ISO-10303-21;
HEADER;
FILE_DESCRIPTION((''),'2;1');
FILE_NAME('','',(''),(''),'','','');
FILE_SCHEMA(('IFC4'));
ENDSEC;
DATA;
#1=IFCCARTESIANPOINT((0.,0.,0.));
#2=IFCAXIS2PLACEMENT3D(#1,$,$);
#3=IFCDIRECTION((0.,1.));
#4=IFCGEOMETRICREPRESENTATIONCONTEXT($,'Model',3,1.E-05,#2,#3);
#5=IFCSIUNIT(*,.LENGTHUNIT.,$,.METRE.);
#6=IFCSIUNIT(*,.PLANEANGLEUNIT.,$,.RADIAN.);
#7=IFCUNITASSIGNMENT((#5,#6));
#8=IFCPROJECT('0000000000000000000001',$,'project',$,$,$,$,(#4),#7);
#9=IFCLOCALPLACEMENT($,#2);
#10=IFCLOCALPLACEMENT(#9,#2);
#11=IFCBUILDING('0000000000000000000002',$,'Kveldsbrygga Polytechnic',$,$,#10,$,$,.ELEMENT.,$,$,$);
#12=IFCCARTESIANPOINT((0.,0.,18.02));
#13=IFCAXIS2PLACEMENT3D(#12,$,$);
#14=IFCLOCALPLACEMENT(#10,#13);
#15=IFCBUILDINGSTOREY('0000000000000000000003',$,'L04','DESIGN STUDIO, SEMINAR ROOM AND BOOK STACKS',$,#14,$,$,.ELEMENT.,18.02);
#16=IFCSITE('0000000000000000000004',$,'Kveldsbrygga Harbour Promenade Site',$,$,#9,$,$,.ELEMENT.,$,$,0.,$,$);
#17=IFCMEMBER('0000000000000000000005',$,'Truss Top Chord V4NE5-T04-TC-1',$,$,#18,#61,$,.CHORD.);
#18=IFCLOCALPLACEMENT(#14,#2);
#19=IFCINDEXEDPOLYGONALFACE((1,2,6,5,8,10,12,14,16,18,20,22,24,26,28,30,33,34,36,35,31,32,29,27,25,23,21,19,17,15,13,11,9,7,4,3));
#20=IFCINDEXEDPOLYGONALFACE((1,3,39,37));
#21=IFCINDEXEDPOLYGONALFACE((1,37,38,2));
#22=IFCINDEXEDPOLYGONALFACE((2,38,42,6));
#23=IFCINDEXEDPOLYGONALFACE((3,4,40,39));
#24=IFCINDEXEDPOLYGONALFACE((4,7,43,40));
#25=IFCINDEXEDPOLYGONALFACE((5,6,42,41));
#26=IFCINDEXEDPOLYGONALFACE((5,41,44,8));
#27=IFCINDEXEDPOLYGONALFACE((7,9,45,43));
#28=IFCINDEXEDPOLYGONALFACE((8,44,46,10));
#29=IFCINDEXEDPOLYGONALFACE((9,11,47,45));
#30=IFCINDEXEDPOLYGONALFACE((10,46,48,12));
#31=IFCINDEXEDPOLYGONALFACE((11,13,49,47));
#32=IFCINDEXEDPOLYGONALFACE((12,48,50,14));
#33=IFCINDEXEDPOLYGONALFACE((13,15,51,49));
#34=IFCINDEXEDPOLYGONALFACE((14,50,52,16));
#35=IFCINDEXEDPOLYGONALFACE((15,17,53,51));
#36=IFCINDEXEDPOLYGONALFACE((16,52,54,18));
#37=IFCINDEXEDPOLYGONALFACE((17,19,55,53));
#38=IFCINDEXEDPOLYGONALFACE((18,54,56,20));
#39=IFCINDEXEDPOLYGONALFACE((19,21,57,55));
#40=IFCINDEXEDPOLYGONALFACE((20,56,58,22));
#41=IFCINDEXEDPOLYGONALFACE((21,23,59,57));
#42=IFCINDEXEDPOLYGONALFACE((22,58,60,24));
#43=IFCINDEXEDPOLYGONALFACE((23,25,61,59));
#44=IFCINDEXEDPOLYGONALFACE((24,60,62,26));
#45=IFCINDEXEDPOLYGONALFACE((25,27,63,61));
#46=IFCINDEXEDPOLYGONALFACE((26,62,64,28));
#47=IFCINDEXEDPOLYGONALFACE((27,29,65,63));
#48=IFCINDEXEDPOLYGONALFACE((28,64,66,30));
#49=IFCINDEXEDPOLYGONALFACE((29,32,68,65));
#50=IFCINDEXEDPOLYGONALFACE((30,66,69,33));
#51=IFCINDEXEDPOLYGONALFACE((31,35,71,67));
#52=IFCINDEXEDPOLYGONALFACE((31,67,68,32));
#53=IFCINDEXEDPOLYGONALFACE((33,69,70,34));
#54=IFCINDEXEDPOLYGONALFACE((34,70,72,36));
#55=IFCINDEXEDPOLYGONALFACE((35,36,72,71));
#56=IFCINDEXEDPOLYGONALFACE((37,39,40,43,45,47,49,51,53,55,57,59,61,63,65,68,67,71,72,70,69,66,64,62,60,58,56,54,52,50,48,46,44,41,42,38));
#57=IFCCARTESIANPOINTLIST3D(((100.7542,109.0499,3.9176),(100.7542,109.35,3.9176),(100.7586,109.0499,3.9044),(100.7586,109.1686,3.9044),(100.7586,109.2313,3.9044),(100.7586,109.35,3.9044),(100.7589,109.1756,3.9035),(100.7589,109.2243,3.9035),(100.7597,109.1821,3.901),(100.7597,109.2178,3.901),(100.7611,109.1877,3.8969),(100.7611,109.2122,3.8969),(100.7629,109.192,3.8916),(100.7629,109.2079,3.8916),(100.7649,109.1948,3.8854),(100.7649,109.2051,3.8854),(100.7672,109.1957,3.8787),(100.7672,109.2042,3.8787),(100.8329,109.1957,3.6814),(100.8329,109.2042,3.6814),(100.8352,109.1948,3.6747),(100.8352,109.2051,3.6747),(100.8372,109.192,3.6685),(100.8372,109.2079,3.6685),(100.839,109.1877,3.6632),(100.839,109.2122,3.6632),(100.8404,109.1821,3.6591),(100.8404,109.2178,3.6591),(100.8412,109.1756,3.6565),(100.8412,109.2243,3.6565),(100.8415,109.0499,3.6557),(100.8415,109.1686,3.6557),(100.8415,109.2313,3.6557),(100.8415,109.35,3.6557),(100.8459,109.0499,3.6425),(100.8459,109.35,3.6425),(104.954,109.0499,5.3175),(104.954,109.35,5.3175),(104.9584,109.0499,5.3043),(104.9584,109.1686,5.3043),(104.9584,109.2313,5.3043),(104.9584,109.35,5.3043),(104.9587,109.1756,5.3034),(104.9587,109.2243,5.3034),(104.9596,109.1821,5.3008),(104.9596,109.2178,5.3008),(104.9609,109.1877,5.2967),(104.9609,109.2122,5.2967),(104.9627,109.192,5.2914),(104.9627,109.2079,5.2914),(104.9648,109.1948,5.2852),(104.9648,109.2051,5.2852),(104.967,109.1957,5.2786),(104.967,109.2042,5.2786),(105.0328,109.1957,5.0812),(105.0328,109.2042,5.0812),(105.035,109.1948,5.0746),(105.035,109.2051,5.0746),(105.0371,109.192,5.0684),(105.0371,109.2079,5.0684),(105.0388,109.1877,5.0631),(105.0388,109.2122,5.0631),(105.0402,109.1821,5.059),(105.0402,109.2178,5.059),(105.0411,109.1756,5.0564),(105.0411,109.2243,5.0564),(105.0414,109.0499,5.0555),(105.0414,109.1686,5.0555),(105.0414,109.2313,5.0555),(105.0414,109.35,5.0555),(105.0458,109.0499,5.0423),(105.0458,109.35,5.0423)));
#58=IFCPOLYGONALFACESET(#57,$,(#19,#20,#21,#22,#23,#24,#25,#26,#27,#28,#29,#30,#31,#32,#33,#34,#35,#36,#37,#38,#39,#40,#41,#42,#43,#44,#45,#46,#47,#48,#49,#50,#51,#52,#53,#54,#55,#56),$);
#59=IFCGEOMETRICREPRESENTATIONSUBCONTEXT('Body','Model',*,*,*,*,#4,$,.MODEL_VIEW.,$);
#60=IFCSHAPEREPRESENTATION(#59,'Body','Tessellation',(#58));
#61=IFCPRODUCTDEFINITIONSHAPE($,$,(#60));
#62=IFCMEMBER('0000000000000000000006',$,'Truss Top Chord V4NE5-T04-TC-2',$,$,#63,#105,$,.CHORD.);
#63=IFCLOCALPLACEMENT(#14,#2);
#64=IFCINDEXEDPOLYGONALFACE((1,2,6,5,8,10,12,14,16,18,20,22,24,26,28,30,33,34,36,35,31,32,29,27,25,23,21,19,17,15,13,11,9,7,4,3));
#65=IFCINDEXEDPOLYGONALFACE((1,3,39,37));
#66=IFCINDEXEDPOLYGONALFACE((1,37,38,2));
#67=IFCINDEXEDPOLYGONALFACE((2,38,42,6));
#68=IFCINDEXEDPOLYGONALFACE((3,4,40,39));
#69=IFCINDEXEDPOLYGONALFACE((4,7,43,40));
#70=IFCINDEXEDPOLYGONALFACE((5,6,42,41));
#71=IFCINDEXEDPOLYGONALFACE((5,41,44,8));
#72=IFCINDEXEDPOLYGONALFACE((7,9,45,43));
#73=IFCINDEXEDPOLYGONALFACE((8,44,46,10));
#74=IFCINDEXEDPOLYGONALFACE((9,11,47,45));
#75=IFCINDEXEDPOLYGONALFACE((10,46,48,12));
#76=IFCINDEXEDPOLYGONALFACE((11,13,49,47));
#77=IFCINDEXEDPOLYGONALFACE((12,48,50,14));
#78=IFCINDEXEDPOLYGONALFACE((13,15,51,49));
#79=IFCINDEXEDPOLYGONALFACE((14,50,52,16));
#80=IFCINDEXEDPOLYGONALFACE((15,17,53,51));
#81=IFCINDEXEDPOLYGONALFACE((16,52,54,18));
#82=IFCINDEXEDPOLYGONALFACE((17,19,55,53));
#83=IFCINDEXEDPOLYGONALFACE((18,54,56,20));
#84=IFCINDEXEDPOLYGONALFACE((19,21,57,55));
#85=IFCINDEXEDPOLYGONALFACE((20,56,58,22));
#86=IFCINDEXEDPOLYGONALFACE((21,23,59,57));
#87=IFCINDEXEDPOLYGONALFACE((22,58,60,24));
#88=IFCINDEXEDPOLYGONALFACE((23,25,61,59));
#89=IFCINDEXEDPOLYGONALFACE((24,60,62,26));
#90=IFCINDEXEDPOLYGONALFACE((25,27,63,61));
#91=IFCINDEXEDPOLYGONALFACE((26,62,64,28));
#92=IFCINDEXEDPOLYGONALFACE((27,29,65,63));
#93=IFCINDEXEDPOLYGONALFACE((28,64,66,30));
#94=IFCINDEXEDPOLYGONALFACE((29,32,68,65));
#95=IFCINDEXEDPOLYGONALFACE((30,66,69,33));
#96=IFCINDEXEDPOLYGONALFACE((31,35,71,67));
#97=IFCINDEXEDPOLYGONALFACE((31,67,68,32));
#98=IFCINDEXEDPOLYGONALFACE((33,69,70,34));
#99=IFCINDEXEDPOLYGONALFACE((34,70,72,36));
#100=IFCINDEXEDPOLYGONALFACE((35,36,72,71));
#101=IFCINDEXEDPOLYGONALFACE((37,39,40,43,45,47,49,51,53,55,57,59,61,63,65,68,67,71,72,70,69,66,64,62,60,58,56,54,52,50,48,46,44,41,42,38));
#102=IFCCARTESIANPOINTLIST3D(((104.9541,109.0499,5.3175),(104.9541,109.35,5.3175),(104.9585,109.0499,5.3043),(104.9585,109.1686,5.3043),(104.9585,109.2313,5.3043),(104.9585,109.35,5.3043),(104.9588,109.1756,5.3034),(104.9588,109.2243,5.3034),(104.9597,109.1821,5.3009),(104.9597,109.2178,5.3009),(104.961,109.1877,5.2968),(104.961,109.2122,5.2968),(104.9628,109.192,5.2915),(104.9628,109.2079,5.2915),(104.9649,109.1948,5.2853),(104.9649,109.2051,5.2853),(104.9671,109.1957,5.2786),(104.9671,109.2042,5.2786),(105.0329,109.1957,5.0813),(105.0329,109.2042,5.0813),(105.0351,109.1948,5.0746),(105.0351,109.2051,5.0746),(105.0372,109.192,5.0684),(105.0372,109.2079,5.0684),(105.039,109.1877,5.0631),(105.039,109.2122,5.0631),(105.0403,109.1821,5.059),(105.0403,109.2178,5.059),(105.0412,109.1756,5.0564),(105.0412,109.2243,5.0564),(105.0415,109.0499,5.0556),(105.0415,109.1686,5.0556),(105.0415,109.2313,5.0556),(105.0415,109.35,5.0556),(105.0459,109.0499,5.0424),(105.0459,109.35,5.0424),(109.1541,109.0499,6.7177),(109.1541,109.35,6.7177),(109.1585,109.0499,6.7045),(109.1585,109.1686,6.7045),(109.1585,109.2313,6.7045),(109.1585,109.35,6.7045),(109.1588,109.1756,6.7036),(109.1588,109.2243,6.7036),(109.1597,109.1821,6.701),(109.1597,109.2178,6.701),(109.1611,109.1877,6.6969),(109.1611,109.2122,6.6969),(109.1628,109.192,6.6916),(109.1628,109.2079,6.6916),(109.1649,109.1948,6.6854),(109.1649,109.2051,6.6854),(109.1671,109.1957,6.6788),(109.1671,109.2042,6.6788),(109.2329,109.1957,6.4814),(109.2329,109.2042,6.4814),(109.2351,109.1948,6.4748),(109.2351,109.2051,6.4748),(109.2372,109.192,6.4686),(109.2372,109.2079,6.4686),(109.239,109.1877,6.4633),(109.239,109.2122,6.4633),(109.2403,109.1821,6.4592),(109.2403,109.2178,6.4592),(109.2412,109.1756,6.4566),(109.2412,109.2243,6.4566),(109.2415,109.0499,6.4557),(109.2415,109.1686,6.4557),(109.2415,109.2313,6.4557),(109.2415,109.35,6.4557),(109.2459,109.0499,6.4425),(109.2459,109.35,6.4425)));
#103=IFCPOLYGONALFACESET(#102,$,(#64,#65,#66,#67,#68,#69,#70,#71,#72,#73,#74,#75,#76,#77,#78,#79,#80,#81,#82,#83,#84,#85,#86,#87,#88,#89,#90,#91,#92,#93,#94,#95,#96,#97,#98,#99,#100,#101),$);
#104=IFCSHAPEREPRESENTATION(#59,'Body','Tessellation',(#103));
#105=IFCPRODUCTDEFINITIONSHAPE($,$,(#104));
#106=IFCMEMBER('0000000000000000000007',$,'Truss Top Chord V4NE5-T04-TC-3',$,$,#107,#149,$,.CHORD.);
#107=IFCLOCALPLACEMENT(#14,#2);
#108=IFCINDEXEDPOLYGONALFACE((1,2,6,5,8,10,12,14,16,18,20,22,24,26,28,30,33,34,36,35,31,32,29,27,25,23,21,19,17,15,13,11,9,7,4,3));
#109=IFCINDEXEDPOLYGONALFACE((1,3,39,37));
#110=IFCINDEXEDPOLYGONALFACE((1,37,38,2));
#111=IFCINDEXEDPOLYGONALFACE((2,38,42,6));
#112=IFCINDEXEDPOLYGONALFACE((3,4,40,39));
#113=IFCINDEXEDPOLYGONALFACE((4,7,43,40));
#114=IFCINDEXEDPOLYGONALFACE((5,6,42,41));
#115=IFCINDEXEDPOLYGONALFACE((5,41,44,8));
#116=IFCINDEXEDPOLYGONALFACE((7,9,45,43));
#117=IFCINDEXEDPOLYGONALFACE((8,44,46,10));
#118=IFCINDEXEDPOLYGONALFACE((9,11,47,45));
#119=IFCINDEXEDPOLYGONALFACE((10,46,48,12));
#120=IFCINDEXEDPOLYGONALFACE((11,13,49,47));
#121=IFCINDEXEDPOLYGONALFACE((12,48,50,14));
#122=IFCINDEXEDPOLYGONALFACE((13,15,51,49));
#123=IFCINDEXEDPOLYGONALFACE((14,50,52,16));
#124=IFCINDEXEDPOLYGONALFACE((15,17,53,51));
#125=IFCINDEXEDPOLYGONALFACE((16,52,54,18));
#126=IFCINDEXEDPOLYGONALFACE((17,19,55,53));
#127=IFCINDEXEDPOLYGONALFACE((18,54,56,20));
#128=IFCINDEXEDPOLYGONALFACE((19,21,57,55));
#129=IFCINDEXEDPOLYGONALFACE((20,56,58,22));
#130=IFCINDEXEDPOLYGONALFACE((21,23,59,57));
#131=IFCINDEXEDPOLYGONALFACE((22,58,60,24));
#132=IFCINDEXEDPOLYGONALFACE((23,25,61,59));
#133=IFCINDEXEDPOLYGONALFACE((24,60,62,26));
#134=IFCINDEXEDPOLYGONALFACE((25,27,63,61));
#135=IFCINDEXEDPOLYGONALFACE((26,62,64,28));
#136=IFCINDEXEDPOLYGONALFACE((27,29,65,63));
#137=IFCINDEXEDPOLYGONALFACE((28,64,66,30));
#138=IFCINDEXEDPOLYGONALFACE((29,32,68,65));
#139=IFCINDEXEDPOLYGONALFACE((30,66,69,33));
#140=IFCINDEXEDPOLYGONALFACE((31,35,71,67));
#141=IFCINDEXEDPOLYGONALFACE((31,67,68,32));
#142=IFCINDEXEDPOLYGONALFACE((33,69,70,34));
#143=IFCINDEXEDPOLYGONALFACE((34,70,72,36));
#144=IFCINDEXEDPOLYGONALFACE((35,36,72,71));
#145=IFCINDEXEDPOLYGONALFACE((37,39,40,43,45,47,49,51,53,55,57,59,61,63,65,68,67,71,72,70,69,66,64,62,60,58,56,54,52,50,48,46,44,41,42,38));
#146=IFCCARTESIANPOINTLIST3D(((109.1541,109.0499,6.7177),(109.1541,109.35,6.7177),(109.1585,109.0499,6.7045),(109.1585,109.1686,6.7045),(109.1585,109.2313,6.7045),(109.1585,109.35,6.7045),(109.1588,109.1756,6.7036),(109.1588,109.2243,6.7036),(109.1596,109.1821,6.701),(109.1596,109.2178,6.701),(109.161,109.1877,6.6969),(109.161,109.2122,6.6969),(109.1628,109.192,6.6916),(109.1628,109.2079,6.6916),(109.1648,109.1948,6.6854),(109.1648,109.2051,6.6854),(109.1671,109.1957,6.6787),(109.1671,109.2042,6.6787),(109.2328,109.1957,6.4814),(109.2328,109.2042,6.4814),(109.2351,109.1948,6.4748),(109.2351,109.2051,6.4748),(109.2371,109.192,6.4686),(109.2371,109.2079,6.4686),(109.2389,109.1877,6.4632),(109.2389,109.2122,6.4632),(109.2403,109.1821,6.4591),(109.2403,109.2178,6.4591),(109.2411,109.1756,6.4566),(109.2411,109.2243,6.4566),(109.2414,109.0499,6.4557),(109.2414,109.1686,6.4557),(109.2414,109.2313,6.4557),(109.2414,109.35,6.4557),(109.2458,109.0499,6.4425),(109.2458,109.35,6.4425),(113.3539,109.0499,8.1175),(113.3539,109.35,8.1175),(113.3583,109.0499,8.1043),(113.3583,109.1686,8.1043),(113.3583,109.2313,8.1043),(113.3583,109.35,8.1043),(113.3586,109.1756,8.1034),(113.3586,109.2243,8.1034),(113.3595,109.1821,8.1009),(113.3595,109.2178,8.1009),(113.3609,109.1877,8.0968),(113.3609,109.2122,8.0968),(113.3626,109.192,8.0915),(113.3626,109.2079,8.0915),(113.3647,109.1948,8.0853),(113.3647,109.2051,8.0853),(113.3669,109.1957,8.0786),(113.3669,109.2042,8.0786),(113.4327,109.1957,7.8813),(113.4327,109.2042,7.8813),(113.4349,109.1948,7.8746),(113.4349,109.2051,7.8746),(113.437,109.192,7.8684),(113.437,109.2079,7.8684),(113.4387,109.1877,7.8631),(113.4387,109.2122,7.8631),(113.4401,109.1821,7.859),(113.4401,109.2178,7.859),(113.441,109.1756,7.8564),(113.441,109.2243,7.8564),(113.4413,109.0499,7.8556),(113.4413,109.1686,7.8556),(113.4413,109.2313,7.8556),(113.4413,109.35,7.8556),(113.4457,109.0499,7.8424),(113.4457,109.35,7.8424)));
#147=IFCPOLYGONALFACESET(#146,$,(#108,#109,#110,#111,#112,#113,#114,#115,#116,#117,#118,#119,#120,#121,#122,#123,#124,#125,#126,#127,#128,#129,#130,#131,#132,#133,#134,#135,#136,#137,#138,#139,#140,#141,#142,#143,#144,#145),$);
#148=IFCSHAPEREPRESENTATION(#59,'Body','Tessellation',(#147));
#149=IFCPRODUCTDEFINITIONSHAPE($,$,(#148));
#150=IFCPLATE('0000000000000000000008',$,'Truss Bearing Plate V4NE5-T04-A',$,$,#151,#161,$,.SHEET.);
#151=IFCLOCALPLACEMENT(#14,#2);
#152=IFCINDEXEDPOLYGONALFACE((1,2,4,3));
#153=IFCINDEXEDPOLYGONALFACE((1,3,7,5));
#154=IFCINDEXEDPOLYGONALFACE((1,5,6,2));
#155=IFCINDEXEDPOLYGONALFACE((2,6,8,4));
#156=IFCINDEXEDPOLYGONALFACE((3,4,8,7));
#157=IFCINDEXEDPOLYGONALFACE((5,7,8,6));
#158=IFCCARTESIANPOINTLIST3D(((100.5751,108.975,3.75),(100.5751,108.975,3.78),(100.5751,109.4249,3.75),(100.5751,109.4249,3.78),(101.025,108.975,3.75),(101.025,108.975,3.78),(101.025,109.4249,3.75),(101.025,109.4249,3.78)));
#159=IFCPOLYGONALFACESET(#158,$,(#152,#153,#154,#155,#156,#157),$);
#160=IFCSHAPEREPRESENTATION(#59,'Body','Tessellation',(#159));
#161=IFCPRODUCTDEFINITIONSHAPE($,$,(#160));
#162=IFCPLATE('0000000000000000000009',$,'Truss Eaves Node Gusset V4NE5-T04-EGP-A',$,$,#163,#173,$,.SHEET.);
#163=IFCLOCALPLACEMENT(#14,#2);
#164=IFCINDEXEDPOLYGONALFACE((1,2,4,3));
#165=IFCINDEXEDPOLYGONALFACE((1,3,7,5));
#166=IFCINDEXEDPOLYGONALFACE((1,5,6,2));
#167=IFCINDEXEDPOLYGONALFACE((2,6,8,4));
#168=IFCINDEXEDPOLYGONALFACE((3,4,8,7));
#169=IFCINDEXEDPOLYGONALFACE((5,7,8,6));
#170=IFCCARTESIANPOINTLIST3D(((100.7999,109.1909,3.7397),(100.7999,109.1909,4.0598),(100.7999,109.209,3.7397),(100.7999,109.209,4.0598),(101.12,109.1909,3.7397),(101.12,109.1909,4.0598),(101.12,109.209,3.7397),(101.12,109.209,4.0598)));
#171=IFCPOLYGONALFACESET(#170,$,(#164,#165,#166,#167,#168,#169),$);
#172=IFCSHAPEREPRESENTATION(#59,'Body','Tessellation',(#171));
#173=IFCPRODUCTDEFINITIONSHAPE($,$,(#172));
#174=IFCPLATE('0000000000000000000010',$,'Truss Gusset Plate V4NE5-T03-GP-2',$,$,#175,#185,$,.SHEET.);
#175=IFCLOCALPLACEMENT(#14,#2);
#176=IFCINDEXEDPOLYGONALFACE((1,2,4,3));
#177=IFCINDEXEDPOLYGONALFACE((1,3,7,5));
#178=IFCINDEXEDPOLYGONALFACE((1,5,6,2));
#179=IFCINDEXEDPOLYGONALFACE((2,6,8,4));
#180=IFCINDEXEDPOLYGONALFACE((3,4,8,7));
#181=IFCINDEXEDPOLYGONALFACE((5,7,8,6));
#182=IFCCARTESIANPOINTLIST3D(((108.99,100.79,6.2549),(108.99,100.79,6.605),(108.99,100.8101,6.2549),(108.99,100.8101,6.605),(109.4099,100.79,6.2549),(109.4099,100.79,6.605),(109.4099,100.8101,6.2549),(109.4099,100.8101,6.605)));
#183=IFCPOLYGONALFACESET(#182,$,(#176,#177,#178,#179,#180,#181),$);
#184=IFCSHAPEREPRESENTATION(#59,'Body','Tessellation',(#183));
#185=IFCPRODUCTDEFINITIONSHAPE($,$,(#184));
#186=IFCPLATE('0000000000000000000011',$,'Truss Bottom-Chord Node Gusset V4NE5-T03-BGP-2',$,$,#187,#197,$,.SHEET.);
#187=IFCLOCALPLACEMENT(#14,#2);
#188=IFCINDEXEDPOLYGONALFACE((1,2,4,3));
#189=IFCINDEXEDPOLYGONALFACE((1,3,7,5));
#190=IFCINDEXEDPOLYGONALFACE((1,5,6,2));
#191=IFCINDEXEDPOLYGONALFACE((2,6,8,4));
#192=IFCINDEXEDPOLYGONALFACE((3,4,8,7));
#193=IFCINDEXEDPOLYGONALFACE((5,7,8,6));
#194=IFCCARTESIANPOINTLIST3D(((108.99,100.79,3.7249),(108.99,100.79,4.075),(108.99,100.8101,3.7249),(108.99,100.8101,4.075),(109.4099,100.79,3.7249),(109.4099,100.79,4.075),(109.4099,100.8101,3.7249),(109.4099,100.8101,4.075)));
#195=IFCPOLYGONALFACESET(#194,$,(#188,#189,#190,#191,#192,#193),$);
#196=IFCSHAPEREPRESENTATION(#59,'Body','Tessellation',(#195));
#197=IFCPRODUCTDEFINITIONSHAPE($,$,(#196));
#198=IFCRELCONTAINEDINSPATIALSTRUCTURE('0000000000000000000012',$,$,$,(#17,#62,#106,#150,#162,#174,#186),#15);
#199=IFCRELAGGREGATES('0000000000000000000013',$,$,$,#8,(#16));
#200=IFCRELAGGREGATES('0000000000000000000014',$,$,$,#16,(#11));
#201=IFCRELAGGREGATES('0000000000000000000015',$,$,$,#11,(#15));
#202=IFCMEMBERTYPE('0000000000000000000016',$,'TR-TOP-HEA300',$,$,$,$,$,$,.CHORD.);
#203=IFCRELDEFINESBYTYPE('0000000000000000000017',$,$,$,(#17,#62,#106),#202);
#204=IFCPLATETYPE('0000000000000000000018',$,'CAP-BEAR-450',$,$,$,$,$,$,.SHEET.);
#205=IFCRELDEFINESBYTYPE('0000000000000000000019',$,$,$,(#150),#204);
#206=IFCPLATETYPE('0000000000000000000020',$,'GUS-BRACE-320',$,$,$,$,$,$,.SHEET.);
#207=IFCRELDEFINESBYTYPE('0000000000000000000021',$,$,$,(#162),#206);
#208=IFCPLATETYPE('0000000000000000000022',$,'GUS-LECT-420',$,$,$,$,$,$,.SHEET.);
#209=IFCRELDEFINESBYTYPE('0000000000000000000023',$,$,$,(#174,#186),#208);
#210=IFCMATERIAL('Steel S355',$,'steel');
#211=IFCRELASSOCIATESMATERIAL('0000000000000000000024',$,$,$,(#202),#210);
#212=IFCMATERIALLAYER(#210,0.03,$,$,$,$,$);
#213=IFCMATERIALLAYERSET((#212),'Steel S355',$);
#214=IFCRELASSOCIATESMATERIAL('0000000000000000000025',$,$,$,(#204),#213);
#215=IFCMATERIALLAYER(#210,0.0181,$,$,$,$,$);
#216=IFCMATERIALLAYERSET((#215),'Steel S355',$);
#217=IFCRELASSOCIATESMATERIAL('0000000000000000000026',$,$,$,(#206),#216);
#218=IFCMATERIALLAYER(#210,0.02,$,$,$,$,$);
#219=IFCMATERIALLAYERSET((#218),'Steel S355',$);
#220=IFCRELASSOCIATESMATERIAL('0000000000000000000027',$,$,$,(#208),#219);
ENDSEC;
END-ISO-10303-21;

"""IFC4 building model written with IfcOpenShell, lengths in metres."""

from ifc_helpers import new_model, si_unit, direction, frame, origin, origin_2d, place, context, subcontext, project, spatial, rectangle, i_section, extrude, material, layer, layer_set, material_profile, profile_set, type_object, element, save


model = new_model("IFC4")

# Units and contexts
model_context = context("Model", 3, precision=1e-05, world=origin(), true_north=direction((0.0, 1.0)))
body_context = subcontext(model_context, "Body", "Model", "MODEL_VIEW")
ifc_project = project(units=[si_unit("LENGTHUNIT", "METRE"), si_unit("PLANEANGLEUNIT", "RADIAN")], contexts=[model_context])

# Site, building, storey
site_placement = place(None, origin())
site = spatial("IfcSite", under=ifc_project, at=site_placement, Name="Kveldsbrygga Harbour Promenade Site", CompositionType="ELEMENT", RefElevation=0.0)
building_placement = place(site_placement, origin())
building = spatial("IfcBuilding", under=site, at=building_placement, Name="Kveldsbrygga Polytechnic", CompositionType="ELEMENT")
storey_placement = place(building_placement, frame((0.0, 0.0, 18.02)))
storey = spatial("IfcBuildingStorey", under=building, at=storey_placement, Name="L04", Description="DESIGN STUDIO, SEMINAR ROOM AND BOOK STACKS", CompositionType="ELEMENT", Elevation=18.02)

# Members
ifc_material_1 = material(Name="Steel S355", Category="steel")
ifc_material_profile_1 = material_profile(ifc_material_1, i_section(OverallWidth=0.3, OverallDepth=0.29, WebThickness=0.0085, FlangeThickness=0.0139, FilletRadius=0.0271, at=origin_2d()), Name="HEA 300")
ifc_profile_set_1 = profile_set([ifc_material_profile_1], Name="Steel S355")
member_type_1 = type_object("IfcMemberType", Name="TR-TOP-HEA300", PredefinedType="CHORD", material=ifc_profile_set_1)
member_1_placement = place(storey_placement, frame((100.8, 109.2, 3.78), z_axis=(0.948689, 0.0, 0.316211), x_axis=(0.0, 1.0, 0.0)))
element("IfcMember", 1, at=member_1_placement, inside=storey, type_object=member_type_1, Name="Truss Top Chord V4NE5-T04-TC-1", PredefinedType="CHORD", context=body_context, shape_type="SweptSolid", body=[
    extrude(i_section(OverallWidth=0.3, OverallDepth=0.29, WebThickness=0.0085, FlangeThickness=0.0139, FilletRadius=0.0271, at=origin_2d()), origin(), (0.0, 0.0, 1.0), 4.427),
])
member_2_placement = place(storey_placement, frame((105.0, 109.2, 5.1799), z_axis=(0.948672, 0.0, 0.316261), x_axis=(0.0, 1.0, 0.0)))
element("IfcMember", 2, at=member_2_placement, inside=storey, type_object=member_type_1, Name="Truss Top Chord V4NE5-T04-TC-2", PredefinedType="CHORD", context=body_context, shape_type="SweptSolid", body=[
    extrude(i_section(OverallWidth=0.3, OverallDepth=0.29, WebThickness=0.0085, FlangeThickness=0.0139, FilletRadius=0.0271, at=origin_2d()), origin(), (0.0, 0.0, 1.0), 4.4272),
])
member_3_placement = place(storey_placement, frame((109.2, 109.2, 6.5801), z_axis=(0.948689, 0.0, 0.316211), x_axis=(0.0, 1.0, 0.0)))
element("IfcMember", 3, at=member_3_placement, inside=storey, type_object=member_type_1, Name="Truss Top Chord V4NE5-T04-TC-3", PredefinedType="CHORD", context=body_context, shape_type="SweptSolid", body=[
    extrude(i_section(OverallWidth=0.3, OverallDepth=0.29, WebThickness=0.0085, FlangeThickness=0.0139, FilletRadius=0.0271, at=origin_2d()), origin(), (0.0, 0.0, 1.0), 4.427),
])

# Plates
ifc_layer_1 = layer(ifc_material_1, 0.03)
ifc_layer_set_1 = layer_set([ifc_layer_1], Name="Steel S355")
plate_type_1 = type_object("IfcPlateType", Name="CAP-BEAR-450", PredefinedType="SHEET", material=ifc_layer_set_1)
plate_1_placement = place(storey_placement, frame((100.8, 109.2, 3.75), z_axis=(0.0, 0.0, 1.0), x_axis=(1.0, 0.0, 0.0)))
element("IfcPlate", 4, at=plate_1_placement, inside=storey, type_object=plate_type_1, Name="Truss Bearing Plate V4NE5-T04-A", PredefinedType="SHEET", context=body_context, shape_type="SweptSolid", body=[
    extrude(rectangle(XDim=0.45, YDim=0.45, at=origin_2d()), origin(), (0.0, 0.0, 1.0), 0.03),
])
ifc_layer_2 = layer(ifc_material_1, 0.0181)
ifc_layer_set_2 = layer_set([ifc_layer_2], Name="Steel S355")
plate_type_2 = type_object("IfcPlateType", Name="GUS-BRACE-320", PredefinedType="SHEET", material=ifc_layer_set_2)
plate_2_placement = place(storey_placement, frame((100.96, 109.2, 3.7397), z_axis=(0.0, 0.0, 1.0), x_axis=(1.0, 0.0, 0.0)))
element("IfcPlate", 5, at=plate_2_placement, inside=storey, type_object=plate_type_2, Name="Truss Eaves Node Gusset V4NE5-T04-EGP-A", PredefinedType="SHEET", context=body_context, shape_type="SweptSolid", body=[
    extrude(rectangle(XDim=0.3201, YDim=0.0181, at=origin_2d()), origin(), (0.0, 0.0, 1.0), 0.3201),
])
ifc_layer_3 = layer(ifc_material_1, 0.02)
ifc_layer_set_3 = layer_set([ifc_layer_3], Name="Steel S355")
plate_type_3 = type_object("IfcPlateType", Name="GUS-LECT-420", PredefinedType="SHEET", material=ifc_layer_set_3)
for number, where, z_axis, x_axis, name in (
    (6, (109.2, 100.8, 6.2549), (0.0, 0.0, 1.0), (1.0, 0.0, 0.0), "Truss Gusset Plate V4NE5-T03-GP-2"),
    (7, (109.2, 100.8, 3.7249), (0.0, 0.0, 1.0), (1.0, 0.0, 0.0), "Truss Bottom-Chord Node Gusset V4NE5-T03-BGP-2"),
):
    element("IfcPlate", number, at=place(storey_placement, frame(where, z_axis=z_axis, x_axis=x_axis)), inside=storey, type_object=plate_type_3, Name=name, PredefinedType="SHEET", context=body_context, shape_type="SweptSolid", body=[
        extrude(rectangle(XDim=0.4199, YDim=0.02, at=origin_2d()), origin(), (0.0, 0.0, 1.0), 0.3501),
    ])

save(model, "model.ifc")
